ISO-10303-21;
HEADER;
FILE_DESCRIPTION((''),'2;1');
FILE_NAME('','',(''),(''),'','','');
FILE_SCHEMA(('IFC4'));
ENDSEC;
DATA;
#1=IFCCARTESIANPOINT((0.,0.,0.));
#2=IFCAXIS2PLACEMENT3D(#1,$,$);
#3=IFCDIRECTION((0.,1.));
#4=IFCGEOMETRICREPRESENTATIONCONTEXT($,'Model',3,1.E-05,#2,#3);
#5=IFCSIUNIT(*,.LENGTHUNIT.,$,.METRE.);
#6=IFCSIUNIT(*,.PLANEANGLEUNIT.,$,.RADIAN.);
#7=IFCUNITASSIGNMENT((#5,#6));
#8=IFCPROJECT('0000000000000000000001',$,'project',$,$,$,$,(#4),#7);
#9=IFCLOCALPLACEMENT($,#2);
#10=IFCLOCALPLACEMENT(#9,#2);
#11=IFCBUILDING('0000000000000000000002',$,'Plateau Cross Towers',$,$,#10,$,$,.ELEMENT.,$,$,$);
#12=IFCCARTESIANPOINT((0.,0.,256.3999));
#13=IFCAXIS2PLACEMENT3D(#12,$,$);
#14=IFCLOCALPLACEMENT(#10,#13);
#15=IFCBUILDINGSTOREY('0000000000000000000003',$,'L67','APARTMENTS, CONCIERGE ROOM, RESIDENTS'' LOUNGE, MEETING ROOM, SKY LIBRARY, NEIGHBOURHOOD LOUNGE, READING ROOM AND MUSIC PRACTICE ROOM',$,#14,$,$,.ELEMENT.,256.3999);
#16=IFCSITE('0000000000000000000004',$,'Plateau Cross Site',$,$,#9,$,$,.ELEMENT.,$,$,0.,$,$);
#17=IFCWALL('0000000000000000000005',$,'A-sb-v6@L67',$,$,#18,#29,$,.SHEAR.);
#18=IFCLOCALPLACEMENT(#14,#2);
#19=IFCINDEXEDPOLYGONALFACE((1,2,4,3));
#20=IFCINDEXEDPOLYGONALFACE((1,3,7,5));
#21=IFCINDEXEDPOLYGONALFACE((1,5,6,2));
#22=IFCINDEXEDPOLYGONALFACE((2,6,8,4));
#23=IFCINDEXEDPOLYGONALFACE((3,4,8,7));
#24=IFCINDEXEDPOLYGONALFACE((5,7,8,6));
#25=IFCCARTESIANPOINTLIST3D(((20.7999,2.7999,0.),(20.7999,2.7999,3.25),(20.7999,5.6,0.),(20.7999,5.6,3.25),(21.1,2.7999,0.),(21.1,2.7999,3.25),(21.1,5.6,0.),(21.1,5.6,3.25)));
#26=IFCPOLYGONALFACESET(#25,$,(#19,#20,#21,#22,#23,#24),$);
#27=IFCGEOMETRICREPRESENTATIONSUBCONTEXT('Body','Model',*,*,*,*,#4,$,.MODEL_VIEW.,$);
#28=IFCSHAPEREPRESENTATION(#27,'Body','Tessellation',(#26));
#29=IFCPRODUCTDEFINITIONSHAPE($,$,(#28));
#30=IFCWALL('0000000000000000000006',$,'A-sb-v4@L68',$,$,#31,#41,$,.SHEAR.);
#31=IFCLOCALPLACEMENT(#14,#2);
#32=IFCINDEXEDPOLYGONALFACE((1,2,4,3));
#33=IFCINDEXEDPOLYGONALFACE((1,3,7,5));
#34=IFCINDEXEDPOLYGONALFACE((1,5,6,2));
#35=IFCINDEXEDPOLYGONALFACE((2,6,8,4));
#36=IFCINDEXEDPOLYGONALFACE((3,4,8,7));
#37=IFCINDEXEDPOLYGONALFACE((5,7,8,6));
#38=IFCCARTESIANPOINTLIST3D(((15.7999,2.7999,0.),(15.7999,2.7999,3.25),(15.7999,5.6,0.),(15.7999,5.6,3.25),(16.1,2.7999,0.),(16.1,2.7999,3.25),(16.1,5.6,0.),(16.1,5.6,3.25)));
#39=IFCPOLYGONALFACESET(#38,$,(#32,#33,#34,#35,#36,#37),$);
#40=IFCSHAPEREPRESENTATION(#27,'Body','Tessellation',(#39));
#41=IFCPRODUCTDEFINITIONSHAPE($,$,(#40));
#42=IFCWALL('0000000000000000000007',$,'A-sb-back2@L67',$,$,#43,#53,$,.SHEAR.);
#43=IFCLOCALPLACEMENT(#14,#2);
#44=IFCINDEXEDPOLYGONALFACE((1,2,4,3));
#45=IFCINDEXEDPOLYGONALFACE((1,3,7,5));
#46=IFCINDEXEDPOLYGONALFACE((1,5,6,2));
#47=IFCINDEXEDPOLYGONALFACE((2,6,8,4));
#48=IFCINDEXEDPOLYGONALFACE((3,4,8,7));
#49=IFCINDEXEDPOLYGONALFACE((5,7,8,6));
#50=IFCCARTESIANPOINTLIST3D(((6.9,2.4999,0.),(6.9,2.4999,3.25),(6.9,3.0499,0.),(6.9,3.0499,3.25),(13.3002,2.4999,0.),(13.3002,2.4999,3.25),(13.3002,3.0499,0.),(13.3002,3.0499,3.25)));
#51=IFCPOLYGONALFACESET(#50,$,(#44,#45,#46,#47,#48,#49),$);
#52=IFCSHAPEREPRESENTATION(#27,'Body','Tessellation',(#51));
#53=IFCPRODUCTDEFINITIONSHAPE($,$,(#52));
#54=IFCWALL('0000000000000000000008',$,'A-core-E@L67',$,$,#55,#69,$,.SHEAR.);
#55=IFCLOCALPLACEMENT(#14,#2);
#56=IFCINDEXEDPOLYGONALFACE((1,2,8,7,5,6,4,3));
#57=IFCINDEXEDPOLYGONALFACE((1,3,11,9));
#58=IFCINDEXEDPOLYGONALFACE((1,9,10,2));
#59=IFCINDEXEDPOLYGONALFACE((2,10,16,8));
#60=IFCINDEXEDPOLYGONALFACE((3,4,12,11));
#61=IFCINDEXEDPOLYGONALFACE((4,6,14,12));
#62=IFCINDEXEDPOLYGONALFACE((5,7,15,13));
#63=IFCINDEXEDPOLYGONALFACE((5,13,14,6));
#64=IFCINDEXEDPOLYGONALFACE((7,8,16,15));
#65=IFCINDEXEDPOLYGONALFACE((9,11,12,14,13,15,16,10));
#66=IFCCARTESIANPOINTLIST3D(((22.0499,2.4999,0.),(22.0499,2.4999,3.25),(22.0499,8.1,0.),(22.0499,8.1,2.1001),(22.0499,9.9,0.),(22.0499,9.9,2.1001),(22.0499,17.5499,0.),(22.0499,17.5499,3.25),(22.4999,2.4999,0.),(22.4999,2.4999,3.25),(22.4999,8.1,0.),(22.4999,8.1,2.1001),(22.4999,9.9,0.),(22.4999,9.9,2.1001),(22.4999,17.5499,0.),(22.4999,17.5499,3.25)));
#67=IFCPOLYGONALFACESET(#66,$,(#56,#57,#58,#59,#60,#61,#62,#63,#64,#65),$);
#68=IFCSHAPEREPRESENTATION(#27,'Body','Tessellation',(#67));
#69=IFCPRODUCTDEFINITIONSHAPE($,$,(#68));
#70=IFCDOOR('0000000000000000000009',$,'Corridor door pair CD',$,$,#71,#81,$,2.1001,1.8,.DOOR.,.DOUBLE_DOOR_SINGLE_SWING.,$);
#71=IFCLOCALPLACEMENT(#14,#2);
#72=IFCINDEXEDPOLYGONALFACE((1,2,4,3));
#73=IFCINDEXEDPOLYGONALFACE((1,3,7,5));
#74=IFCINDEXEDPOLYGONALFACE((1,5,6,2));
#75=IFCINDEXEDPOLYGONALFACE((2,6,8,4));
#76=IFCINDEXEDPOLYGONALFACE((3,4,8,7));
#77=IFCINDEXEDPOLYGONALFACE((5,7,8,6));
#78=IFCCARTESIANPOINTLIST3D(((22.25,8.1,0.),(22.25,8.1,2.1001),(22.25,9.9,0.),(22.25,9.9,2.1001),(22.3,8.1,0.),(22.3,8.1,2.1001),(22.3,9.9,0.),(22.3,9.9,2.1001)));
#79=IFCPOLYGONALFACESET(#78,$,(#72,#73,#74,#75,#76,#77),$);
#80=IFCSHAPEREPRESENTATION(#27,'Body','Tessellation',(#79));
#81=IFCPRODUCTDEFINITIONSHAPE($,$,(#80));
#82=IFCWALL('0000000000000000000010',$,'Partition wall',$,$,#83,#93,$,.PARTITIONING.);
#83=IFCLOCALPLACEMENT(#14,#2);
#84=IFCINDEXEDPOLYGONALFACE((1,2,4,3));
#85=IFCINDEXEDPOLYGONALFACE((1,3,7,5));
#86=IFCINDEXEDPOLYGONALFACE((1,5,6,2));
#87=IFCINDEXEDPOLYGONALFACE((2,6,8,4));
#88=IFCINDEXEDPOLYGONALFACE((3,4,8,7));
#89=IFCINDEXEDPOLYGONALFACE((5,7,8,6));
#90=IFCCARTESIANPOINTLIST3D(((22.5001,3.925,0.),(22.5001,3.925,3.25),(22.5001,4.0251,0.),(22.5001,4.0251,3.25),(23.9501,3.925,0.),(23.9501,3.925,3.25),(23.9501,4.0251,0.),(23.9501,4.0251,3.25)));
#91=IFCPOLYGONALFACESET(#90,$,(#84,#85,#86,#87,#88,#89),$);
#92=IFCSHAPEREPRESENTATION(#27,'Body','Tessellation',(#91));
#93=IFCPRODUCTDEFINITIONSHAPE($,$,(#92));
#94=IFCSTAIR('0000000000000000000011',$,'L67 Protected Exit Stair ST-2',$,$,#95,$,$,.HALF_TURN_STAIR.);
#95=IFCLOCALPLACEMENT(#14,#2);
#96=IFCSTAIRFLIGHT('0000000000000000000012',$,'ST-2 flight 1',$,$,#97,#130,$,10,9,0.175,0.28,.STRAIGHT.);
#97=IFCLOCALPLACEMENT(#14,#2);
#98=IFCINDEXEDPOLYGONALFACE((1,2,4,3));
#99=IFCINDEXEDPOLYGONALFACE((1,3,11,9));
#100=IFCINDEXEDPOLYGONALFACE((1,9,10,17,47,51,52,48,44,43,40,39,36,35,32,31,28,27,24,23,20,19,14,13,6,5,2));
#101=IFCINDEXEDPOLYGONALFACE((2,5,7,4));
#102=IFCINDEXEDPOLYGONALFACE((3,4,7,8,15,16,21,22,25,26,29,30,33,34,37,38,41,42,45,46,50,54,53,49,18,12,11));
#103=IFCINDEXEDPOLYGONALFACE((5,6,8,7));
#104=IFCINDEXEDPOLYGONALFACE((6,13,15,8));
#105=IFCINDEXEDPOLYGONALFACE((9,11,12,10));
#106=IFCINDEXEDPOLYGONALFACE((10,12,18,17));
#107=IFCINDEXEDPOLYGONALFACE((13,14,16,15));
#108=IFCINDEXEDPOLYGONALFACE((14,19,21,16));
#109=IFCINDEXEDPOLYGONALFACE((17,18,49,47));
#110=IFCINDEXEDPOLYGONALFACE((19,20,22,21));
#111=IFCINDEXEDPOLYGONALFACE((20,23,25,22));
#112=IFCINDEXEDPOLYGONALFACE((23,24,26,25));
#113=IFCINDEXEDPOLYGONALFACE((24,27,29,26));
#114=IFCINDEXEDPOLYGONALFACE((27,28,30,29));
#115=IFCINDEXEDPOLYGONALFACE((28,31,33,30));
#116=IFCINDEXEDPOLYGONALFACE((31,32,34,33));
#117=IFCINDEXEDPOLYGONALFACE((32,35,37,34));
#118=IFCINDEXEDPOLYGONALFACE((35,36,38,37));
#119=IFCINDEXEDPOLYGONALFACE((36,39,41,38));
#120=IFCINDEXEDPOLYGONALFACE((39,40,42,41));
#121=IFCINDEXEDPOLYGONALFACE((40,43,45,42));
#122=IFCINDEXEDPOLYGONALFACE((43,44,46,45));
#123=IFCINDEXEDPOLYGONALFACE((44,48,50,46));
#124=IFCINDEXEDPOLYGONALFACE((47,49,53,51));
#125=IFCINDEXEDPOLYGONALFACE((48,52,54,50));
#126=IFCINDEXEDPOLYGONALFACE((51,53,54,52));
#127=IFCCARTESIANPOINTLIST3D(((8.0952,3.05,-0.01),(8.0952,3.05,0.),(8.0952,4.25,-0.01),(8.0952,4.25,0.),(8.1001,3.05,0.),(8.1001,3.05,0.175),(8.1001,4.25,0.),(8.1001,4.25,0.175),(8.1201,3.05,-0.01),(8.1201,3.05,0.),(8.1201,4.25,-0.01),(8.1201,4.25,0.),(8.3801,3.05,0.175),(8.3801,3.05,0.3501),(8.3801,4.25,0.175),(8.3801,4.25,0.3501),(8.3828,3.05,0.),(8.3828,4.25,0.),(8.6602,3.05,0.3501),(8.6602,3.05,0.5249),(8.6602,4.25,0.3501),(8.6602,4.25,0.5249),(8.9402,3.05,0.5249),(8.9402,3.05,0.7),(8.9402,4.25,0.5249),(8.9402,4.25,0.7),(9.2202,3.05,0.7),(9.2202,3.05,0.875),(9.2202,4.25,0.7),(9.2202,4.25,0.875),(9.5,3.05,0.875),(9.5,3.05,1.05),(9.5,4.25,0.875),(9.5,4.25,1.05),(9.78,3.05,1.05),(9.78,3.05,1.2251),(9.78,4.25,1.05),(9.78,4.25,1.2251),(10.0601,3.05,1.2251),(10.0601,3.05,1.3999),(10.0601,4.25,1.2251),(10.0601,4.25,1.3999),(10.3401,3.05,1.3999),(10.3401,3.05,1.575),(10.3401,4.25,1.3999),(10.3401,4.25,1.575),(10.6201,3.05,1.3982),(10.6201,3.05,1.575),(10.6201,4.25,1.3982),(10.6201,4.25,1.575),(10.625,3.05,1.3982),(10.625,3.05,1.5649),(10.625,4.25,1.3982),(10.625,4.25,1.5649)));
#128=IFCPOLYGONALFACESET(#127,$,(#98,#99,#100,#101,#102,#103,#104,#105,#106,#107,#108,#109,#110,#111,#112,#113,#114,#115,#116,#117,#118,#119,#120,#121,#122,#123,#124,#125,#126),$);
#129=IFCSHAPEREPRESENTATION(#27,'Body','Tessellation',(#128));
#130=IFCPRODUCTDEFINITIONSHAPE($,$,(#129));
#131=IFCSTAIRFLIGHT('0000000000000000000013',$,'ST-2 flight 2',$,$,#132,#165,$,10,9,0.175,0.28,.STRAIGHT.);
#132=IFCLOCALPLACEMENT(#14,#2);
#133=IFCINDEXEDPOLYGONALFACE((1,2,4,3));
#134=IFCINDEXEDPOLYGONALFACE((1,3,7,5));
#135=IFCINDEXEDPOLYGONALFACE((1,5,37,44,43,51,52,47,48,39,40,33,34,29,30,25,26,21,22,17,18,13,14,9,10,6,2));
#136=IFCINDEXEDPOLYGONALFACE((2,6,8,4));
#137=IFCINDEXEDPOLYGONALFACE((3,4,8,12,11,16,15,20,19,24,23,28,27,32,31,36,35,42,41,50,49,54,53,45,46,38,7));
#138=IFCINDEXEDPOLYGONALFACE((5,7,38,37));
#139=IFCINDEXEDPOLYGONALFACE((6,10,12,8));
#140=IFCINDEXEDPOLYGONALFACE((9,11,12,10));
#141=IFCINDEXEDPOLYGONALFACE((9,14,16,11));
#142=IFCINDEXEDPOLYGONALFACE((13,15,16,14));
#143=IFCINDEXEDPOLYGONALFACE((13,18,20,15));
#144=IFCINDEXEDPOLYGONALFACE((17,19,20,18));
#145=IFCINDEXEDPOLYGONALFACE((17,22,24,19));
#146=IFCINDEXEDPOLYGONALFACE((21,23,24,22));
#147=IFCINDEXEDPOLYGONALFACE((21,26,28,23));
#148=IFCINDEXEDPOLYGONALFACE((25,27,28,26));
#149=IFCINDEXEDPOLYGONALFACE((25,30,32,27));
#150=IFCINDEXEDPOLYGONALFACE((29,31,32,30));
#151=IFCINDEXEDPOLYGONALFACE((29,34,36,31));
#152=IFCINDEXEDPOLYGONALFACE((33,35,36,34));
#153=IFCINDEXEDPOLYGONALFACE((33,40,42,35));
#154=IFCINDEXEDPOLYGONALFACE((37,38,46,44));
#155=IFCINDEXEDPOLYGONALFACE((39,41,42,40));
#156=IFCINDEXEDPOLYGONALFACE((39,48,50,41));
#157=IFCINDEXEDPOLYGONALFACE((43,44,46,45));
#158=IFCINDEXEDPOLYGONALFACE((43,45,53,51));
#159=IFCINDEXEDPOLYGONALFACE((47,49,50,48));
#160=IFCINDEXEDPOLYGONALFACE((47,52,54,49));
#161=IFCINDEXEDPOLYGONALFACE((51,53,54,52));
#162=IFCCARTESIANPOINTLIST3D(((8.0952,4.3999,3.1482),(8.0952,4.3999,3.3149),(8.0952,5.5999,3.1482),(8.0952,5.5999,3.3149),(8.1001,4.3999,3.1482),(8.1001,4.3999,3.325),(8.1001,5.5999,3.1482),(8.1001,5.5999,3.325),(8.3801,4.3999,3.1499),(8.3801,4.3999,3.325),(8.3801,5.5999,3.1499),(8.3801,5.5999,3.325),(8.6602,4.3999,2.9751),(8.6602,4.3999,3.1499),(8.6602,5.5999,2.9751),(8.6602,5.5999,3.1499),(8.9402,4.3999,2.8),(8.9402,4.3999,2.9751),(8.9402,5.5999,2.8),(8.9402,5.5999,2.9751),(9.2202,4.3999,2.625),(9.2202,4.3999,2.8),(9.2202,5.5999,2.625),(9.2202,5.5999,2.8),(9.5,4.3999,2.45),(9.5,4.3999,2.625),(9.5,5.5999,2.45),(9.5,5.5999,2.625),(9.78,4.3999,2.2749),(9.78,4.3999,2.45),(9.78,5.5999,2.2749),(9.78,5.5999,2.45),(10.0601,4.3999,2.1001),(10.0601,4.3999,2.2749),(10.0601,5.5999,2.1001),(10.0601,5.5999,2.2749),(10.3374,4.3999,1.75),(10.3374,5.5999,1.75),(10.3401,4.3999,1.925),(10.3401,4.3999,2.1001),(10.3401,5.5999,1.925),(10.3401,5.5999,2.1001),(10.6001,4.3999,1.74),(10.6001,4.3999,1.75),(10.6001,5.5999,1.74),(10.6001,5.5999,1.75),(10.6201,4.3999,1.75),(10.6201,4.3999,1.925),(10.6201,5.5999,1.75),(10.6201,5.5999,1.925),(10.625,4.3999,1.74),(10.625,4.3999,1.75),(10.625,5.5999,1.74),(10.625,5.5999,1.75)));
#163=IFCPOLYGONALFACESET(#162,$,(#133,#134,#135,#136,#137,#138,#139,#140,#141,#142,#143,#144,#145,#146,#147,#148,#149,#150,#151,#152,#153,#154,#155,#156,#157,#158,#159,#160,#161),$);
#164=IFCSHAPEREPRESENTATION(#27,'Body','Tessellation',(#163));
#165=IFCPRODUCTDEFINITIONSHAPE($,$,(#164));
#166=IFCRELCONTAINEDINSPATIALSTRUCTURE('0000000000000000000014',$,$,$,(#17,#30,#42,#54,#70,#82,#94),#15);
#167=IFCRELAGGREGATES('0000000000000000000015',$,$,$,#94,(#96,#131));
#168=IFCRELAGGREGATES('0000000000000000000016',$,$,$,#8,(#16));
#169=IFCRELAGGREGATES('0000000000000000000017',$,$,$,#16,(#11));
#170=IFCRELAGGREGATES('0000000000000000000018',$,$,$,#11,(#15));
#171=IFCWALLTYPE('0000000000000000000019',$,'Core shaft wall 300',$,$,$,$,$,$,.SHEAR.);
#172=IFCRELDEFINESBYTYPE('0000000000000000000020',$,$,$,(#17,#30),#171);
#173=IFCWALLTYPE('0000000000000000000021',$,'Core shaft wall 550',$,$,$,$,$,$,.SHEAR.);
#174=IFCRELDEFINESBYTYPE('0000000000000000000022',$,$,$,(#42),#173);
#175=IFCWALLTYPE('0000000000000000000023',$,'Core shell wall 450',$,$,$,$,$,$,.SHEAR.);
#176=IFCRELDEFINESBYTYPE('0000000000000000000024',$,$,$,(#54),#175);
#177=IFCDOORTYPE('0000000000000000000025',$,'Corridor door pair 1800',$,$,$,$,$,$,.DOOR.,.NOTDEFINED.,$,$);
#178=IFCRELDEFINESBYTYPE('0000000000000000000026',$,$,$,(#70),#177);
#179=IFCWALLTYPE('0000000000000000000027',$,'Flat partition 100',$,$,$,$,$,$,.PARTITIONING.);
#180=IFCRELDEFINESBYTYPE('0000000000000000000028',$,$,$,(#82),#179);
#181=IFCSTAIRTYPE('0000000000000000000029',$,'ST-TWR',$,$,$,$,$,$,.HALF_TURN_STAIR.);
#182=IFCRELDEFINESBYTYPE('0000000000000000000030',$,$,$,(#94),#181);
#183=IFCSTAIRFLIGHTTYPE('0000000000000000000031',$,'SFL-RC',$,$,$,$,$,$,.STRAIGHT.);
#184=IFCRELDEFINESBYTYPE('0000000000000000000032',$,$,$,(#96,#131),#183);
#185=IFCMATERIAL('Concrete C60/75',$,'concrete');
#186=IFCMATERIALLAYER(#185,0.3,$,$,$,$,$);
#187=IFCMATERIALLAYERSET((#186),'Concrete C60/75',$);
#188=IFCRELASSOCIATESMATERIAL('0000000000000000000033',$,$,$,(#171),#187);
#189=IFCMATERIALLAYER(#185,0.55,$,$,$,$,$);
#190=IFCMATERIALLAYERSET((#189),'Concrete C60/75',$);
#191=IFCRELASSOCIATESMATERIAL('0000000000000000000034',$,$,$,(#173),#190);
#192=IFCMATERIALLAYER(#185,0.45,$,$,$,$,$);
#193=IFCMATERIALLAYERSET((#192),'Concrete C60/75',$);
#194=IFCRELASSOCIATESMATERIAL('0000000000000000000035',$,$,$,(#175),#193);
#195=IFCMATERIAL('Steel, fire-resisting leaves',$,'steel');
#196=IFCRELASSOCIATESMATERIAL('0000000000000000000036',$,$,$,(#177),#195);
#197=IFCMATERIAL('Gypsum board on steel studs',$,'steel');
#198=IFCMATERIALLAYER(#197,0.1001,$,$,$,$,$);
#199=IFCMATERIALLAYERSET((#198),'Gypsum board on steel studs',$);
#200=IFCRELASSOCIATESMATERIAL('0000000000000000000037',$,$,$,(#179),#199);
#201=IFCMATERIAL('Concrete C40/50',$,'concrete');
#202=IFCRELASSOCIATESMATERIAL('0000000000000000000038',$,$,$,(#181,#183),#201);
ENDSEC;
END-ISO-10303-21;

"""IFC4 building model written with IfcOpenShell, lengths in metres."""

from ifc_helpers import new_model, si_unit, direction, frame, frame_2d, origin, place, context, subcontext, project, spatial, polyline, rectangle, outline, extrude, material, layer, layer_set, type_object, element, fill, aggregate, save


model = new_model("IFC4")

# Units and contexts
model_context = context("Model", 3, precision=1e-05, world=origin(), true_north=direction((0.0, 1.0)))
body_context = subcontext(model_context, "Body", "Model", "MODEL_VIEW")
ifc_project = project(units=[si_unit("LENGTHUNIT", "METRE"), si_unit("PLANEANGLEUNIT", "RADIAN")], contexts=[model_context])

# Site, building, storey
site_placement = place(None, origin())
site = spatial("IfcSite", under=ifc_project, at=site_placement, Name="Plateau Cross Site", CompositionType="ELEMENT", RefElevation=0.0)
building_placement = place(site_placement, origin())
building = spatial("IfcBuilding", under=site, at=building_placement, Name="Plateau Cross Towers", CompositionType="ELEMENT")
storey_placement = place(building_placement, frame((0.0, 0.0, 256.3999)))
storey = spatial("IfcBuildingStorey", under=building, at=storey_placement, Name="L67", Description="APARTMENTS, CONCIERGE ROOM, RESIDENTS' LOUNGE, MEETING ROOM, SKY LIBRARY, NEIGHBOURHOOD LOUNGE, READING ROOM AND MUSIC PRACTICE ROOM", CompositionType="ELEMENT", Elevation=256.3999)

# Shared definitions
ifc_material_1 = material(Name="Concrete C60/75", Category="concrete")

# Walls
ifc_layer_1 = layer(ifc_material_1, 0.3)
ifc_layer_set_1 = layer_set([ifc_layer_1], Name="Concrete C60/75")
wall_type_1 = type_object("IfcWallType", Name="Core shaft wall 300", PredefinedType="SHEAR", material=ifc_layer_set_1)
for number, where, z_axis, x_axis, name in (
    (1, (20.95, 2.8, 0.0), (0.0, 0.0, 1.0), (0.0, 1.0, 0.0), "A-sb-v6@L67"),
    (2, (15.95, 2.8, 0.0), (0.0, 0.0, 1.0), (0.0, 1.0, 0.0), "A-sb-v4@L68"),
):
    element("IfcWall", number, at=place(storey_placement, frame(where, z_axis=z_axis, x_axis=x_axis)), inside=storey, type_object=wall_type_1, Name=name, PredefinedType="SHEAR", context=body_context, shape_type="SweptSolid", body=[
        extrude(rectangle(XDim=2.8, YDim=0.3, at=frame_2d((1.3999, 0.0))), origin(), (0.0, 0.0, 1.0), 3.25),
    ])
ifc_layer_2 = layer(ifc_material_1, 0.55)
ifc_layer_set_2 = layer_set([ifc_layer_2], Name="Concrete C60/75")
wall_type_2 = type_object("IfcWallType", Name="Core shaft wall 550", PredefinedType="SHEAR", material=ifc_layer_set_2)
wall_1_placement = place(storey_placement, frame((6.8999, 2.7749, 0.0), z_axis=(0.0, 0.0, 1.0), x_axis=(1.0, 0.0, 0.0)))
element("IfcWall", 3, at=wall_1_placement, inside=storey, type_object=wall_type_2, Name="A-sb-back2@L67", PredefinedType="SHEAR", context=body_context, shape_type="SweptSolid", body=[
    extrude(rectangle(XDim=6.4001, YDim=0.55, at=frame_2d((3.2002, 0.0))), origin(), (0.0, 0.0, 1.0), 3.25),
])

# Wall, opening, door
ifc_layer_3 = layer(ifc_material_1, 0.45)
ifc_layer_set_3 = layer_set([ifc_layer_3], Name="Concrete C60/75")
wall_type_3 = type_object("IfcWallType", Name="Core shell wall 450", PredefinedType="SHEAR", material=ifc_layer_set_3)
wall_2_placement = place(storey_placement, frame((22.2749, 2.5, 0.0), z_axis=(0.0, 0.0, 1.0), x_axis=(0.0, 1.0, 0.0)))
wall_2 = element("IfcWall", 4, at=wall_2_placement, inside=storey, type_object=wall_type_3, Name="A-core-E@L67", PredefinedType="SHEAR", context=body_context, shape_type="SweptSolid", body=[
    extrude(rectangle(XDim=15.05, YDim=0.45, at=frame_2d((7.5249, 0.0))), origin(), (0.0, 0.0, 1.0), 3.25),
])
opening_placement = place(wall_2_placement, frame((5.6001, 0.0, 0.0)))
opening = element("IfcOpeningElement", 5, at=opening_placement, cuts=wall_2, PredefinedType="OPENING", context=body_context, shape_type="SweptSolid", body=[
    extrude(rectangle(XDim=1.8, YDim=2.1001, at=frame_2d((0.8999, 1.05))), frame((0.0, 0.2349, 0.0), z_axis=(0.0, -1.0, 0.0), x_axis=(1.0, 0.0, 0.0)), (0.0, 0.0, 1.0), 0.47),
])
ifc_material_2 = material(Name="Steel, fire-resisting leaves", Category="steel")
door_type = type_object("IfcDoorType", Name="Corridor door pair 1800", OperationType="NOTDEFINED", PredefinedType="DOOR", material=ifc_material_2)
door_placement = place(opening_placement, origin())
door = element("IfcDoor", 6, at=door_placement, inside=storey, type_object=door_type, Name="Corridor door pair CD", OperationType="DOUBLE_DOOR_SINGLE_SWING", OverallHeight=2.1001, OverallWidth=1.8, PredefinedType="DOOR", context=body_context, shape_type="SweptSolid", body=[
    extrude(rectangle(XDim=1.8, YDim=2.1001, at=frame_2d((0.8999, 1.05))), frame((0.0, 0.0249, 0.0), z_axis=(0.0, -1.0, 0.0), x_axis=(1.0, 0.0, 0.0)), (0.0, 0.0, 1.0), 0.05),
])
fill(opening, door)

# Wall
ifc_material_3 = material(Name="Gypsum board on steel studs", Category="steel")
ifc_layer_4 = layer(ifc_material_3, 0.1001)
ifc_layer_set_4 = layer_set([ifc_layer_4], Name="Gypsum board on steel studs")
wall_type_4 = type_object("IfcWallType", Name="Flat partition 100", PredefinedType="PARTITIONING", material=ifc_layer_set_4)
wall_3_placement = place(storey_placement, frame((22.5, 3.9751, 0.0), z_axis=(0.0, 0.0, 1.0), x_axis=(1.0, 0.0, 0.0)))
element("IfcWall", 7, at=wall_3_placement, inside=storey, type_object=wall_type_4, Name="Partition wall", PredefinedType="PARTITIONING", context=body_context, shape_type="SweptSolid", body=[
    extrude(rectangle(XDim=1.45, YDim=0.1001, at=frame_2d((0.7251, 0.0))), origin(), (0.0, 0.0, 1.0), 3.25),
])

# Stair, stair flights
ifc_material_4 = material(Name="Concrete C40/50", Category="concrete")
stair_type = type_object("IfcStairType", Name="ST-TWR", PredefinedType="HALF_TURN_STAIR", material=ifc_material_4)
stair_placement = place(storey_placement, origin())
stair = element("IfcStair", 8, at=stair_placement, inside=storey, type_object=stair_type, Name="L67 Protected Exit Stair ST-2", PredefinedType="HALF_TURN_STAIR")
stair_flight_type = type_object("IfcStairFlightType", Name="SFL-RC", PredefinedType="STRAIGHT", material=ifc_material_4)
stair_flight_1_placement = place(storey_placement, frame((8.1001, 3.6499, 0.0), z_axis=(0.0, 0.0, 1.0), x_axis=(1.0, 0.0, 0.0)))
stair_flight_1 = element("IfcStairFlight", 9, at=stair_flight_1_placement, type_object=stair_flight_type, Name="ST-2 flight 1", NumberOfRisers=10, NumberOfTreads=9, PredefinedType="STRAIGHT", RiserHeight=0.175, TreadLength=0.28, context=body_context, shape_type="SweptSolid", body=[
    extrude(outline(polyline([(-0.0049, -0.01), (-0.0049, 0.0), (0.0, 0.0), (0.0, 0.175), (0.28, 0.175), (0.28, 0.3501), (0.5601, 0.3501), (0.5601, 0.5249), (0.8401, 0.5249), (0.8401, 0.7), (1.1201, 0.7), (1.1201, 0.875), (1.3999, 0.875), (1.3999, 1.05), (1.6799, 1.05), (1.6799, 1.2251), (1.96, 1.2251), (1.96, 1.3999), (2.24, 1.3999), (2.24, 1.575), (2.52, 1.575), (2.5249, 1.5649), (2.5249, 1.3982), (2.52, 1.3982), (0.2827, 0.0), (0.02, 0.0), (0.02, -0.01), (-0.0049, -0.01)])), frame((0.0, 0.6001, 0.0), z_axis=(0.0, -1.0, 0.0), x_axis=(1.0, 0.0, 0.0)), (0.0, 0.0, 1.0), 1.2),
])
stair_flight_2_placement = place(storey_placement, frame((10.6201, 5.0, 1.75), z_axis=(0.0, 0.0, 1.0), x_axis=(-1.0, 0.0, 0.0)))
stair_flight_2 = element("IfcStairFlight", 10, at=stair_flight_2_placement, type_object=stair_flight_type, Name="ST-2 flight 2", NumberOfRisers=10, NumberOfTreads=9, PredefinedType="STRAIGHT", RiserHeight=0.175, TreadLength=0.28, context=body_context, shape_type="SweptSolid", body=[
    extrude(outline(polyline([(-0.0049, -0.01), (-0.0049, 0.0), (0.0, 0.0), (0.0, 0.175), (0.28, 0.175), (0.28, 0.3501), (0.5601, 0.3501), (0.5601, 0.5249), (0.8401, 0.5249), (0.8401, 0.7), (1.1201, 0.7), (1.1201, 0.875), (1.3999, 0.875), (1.3999, 1.05), (1.6799, 1.05), (1.6799, 1.2251), (1.96, 1.2251), (1.96, 1.3999), (2.24, 1.3999), (2.24, 1.575), (2.52, 1.575), (2.5249, 1.5649), (2.5249, 1.3982), (2.52, 1.3982), (0.2827, 0.0), (0.02, 0.0), (0.02, -0.01), (-0.0049, -0.01)])), frame((0.0, 0.6001, 0.0), z_axis=(0.0, -1.0, 0.0), x_axis=(1.0, 0.0, 0.0)), (0.0, 0.0, 1.0), 1.2),
])
aggregate(stair, [stair_flight_1, stair_flight_2])

save(model, "model.ifc")
